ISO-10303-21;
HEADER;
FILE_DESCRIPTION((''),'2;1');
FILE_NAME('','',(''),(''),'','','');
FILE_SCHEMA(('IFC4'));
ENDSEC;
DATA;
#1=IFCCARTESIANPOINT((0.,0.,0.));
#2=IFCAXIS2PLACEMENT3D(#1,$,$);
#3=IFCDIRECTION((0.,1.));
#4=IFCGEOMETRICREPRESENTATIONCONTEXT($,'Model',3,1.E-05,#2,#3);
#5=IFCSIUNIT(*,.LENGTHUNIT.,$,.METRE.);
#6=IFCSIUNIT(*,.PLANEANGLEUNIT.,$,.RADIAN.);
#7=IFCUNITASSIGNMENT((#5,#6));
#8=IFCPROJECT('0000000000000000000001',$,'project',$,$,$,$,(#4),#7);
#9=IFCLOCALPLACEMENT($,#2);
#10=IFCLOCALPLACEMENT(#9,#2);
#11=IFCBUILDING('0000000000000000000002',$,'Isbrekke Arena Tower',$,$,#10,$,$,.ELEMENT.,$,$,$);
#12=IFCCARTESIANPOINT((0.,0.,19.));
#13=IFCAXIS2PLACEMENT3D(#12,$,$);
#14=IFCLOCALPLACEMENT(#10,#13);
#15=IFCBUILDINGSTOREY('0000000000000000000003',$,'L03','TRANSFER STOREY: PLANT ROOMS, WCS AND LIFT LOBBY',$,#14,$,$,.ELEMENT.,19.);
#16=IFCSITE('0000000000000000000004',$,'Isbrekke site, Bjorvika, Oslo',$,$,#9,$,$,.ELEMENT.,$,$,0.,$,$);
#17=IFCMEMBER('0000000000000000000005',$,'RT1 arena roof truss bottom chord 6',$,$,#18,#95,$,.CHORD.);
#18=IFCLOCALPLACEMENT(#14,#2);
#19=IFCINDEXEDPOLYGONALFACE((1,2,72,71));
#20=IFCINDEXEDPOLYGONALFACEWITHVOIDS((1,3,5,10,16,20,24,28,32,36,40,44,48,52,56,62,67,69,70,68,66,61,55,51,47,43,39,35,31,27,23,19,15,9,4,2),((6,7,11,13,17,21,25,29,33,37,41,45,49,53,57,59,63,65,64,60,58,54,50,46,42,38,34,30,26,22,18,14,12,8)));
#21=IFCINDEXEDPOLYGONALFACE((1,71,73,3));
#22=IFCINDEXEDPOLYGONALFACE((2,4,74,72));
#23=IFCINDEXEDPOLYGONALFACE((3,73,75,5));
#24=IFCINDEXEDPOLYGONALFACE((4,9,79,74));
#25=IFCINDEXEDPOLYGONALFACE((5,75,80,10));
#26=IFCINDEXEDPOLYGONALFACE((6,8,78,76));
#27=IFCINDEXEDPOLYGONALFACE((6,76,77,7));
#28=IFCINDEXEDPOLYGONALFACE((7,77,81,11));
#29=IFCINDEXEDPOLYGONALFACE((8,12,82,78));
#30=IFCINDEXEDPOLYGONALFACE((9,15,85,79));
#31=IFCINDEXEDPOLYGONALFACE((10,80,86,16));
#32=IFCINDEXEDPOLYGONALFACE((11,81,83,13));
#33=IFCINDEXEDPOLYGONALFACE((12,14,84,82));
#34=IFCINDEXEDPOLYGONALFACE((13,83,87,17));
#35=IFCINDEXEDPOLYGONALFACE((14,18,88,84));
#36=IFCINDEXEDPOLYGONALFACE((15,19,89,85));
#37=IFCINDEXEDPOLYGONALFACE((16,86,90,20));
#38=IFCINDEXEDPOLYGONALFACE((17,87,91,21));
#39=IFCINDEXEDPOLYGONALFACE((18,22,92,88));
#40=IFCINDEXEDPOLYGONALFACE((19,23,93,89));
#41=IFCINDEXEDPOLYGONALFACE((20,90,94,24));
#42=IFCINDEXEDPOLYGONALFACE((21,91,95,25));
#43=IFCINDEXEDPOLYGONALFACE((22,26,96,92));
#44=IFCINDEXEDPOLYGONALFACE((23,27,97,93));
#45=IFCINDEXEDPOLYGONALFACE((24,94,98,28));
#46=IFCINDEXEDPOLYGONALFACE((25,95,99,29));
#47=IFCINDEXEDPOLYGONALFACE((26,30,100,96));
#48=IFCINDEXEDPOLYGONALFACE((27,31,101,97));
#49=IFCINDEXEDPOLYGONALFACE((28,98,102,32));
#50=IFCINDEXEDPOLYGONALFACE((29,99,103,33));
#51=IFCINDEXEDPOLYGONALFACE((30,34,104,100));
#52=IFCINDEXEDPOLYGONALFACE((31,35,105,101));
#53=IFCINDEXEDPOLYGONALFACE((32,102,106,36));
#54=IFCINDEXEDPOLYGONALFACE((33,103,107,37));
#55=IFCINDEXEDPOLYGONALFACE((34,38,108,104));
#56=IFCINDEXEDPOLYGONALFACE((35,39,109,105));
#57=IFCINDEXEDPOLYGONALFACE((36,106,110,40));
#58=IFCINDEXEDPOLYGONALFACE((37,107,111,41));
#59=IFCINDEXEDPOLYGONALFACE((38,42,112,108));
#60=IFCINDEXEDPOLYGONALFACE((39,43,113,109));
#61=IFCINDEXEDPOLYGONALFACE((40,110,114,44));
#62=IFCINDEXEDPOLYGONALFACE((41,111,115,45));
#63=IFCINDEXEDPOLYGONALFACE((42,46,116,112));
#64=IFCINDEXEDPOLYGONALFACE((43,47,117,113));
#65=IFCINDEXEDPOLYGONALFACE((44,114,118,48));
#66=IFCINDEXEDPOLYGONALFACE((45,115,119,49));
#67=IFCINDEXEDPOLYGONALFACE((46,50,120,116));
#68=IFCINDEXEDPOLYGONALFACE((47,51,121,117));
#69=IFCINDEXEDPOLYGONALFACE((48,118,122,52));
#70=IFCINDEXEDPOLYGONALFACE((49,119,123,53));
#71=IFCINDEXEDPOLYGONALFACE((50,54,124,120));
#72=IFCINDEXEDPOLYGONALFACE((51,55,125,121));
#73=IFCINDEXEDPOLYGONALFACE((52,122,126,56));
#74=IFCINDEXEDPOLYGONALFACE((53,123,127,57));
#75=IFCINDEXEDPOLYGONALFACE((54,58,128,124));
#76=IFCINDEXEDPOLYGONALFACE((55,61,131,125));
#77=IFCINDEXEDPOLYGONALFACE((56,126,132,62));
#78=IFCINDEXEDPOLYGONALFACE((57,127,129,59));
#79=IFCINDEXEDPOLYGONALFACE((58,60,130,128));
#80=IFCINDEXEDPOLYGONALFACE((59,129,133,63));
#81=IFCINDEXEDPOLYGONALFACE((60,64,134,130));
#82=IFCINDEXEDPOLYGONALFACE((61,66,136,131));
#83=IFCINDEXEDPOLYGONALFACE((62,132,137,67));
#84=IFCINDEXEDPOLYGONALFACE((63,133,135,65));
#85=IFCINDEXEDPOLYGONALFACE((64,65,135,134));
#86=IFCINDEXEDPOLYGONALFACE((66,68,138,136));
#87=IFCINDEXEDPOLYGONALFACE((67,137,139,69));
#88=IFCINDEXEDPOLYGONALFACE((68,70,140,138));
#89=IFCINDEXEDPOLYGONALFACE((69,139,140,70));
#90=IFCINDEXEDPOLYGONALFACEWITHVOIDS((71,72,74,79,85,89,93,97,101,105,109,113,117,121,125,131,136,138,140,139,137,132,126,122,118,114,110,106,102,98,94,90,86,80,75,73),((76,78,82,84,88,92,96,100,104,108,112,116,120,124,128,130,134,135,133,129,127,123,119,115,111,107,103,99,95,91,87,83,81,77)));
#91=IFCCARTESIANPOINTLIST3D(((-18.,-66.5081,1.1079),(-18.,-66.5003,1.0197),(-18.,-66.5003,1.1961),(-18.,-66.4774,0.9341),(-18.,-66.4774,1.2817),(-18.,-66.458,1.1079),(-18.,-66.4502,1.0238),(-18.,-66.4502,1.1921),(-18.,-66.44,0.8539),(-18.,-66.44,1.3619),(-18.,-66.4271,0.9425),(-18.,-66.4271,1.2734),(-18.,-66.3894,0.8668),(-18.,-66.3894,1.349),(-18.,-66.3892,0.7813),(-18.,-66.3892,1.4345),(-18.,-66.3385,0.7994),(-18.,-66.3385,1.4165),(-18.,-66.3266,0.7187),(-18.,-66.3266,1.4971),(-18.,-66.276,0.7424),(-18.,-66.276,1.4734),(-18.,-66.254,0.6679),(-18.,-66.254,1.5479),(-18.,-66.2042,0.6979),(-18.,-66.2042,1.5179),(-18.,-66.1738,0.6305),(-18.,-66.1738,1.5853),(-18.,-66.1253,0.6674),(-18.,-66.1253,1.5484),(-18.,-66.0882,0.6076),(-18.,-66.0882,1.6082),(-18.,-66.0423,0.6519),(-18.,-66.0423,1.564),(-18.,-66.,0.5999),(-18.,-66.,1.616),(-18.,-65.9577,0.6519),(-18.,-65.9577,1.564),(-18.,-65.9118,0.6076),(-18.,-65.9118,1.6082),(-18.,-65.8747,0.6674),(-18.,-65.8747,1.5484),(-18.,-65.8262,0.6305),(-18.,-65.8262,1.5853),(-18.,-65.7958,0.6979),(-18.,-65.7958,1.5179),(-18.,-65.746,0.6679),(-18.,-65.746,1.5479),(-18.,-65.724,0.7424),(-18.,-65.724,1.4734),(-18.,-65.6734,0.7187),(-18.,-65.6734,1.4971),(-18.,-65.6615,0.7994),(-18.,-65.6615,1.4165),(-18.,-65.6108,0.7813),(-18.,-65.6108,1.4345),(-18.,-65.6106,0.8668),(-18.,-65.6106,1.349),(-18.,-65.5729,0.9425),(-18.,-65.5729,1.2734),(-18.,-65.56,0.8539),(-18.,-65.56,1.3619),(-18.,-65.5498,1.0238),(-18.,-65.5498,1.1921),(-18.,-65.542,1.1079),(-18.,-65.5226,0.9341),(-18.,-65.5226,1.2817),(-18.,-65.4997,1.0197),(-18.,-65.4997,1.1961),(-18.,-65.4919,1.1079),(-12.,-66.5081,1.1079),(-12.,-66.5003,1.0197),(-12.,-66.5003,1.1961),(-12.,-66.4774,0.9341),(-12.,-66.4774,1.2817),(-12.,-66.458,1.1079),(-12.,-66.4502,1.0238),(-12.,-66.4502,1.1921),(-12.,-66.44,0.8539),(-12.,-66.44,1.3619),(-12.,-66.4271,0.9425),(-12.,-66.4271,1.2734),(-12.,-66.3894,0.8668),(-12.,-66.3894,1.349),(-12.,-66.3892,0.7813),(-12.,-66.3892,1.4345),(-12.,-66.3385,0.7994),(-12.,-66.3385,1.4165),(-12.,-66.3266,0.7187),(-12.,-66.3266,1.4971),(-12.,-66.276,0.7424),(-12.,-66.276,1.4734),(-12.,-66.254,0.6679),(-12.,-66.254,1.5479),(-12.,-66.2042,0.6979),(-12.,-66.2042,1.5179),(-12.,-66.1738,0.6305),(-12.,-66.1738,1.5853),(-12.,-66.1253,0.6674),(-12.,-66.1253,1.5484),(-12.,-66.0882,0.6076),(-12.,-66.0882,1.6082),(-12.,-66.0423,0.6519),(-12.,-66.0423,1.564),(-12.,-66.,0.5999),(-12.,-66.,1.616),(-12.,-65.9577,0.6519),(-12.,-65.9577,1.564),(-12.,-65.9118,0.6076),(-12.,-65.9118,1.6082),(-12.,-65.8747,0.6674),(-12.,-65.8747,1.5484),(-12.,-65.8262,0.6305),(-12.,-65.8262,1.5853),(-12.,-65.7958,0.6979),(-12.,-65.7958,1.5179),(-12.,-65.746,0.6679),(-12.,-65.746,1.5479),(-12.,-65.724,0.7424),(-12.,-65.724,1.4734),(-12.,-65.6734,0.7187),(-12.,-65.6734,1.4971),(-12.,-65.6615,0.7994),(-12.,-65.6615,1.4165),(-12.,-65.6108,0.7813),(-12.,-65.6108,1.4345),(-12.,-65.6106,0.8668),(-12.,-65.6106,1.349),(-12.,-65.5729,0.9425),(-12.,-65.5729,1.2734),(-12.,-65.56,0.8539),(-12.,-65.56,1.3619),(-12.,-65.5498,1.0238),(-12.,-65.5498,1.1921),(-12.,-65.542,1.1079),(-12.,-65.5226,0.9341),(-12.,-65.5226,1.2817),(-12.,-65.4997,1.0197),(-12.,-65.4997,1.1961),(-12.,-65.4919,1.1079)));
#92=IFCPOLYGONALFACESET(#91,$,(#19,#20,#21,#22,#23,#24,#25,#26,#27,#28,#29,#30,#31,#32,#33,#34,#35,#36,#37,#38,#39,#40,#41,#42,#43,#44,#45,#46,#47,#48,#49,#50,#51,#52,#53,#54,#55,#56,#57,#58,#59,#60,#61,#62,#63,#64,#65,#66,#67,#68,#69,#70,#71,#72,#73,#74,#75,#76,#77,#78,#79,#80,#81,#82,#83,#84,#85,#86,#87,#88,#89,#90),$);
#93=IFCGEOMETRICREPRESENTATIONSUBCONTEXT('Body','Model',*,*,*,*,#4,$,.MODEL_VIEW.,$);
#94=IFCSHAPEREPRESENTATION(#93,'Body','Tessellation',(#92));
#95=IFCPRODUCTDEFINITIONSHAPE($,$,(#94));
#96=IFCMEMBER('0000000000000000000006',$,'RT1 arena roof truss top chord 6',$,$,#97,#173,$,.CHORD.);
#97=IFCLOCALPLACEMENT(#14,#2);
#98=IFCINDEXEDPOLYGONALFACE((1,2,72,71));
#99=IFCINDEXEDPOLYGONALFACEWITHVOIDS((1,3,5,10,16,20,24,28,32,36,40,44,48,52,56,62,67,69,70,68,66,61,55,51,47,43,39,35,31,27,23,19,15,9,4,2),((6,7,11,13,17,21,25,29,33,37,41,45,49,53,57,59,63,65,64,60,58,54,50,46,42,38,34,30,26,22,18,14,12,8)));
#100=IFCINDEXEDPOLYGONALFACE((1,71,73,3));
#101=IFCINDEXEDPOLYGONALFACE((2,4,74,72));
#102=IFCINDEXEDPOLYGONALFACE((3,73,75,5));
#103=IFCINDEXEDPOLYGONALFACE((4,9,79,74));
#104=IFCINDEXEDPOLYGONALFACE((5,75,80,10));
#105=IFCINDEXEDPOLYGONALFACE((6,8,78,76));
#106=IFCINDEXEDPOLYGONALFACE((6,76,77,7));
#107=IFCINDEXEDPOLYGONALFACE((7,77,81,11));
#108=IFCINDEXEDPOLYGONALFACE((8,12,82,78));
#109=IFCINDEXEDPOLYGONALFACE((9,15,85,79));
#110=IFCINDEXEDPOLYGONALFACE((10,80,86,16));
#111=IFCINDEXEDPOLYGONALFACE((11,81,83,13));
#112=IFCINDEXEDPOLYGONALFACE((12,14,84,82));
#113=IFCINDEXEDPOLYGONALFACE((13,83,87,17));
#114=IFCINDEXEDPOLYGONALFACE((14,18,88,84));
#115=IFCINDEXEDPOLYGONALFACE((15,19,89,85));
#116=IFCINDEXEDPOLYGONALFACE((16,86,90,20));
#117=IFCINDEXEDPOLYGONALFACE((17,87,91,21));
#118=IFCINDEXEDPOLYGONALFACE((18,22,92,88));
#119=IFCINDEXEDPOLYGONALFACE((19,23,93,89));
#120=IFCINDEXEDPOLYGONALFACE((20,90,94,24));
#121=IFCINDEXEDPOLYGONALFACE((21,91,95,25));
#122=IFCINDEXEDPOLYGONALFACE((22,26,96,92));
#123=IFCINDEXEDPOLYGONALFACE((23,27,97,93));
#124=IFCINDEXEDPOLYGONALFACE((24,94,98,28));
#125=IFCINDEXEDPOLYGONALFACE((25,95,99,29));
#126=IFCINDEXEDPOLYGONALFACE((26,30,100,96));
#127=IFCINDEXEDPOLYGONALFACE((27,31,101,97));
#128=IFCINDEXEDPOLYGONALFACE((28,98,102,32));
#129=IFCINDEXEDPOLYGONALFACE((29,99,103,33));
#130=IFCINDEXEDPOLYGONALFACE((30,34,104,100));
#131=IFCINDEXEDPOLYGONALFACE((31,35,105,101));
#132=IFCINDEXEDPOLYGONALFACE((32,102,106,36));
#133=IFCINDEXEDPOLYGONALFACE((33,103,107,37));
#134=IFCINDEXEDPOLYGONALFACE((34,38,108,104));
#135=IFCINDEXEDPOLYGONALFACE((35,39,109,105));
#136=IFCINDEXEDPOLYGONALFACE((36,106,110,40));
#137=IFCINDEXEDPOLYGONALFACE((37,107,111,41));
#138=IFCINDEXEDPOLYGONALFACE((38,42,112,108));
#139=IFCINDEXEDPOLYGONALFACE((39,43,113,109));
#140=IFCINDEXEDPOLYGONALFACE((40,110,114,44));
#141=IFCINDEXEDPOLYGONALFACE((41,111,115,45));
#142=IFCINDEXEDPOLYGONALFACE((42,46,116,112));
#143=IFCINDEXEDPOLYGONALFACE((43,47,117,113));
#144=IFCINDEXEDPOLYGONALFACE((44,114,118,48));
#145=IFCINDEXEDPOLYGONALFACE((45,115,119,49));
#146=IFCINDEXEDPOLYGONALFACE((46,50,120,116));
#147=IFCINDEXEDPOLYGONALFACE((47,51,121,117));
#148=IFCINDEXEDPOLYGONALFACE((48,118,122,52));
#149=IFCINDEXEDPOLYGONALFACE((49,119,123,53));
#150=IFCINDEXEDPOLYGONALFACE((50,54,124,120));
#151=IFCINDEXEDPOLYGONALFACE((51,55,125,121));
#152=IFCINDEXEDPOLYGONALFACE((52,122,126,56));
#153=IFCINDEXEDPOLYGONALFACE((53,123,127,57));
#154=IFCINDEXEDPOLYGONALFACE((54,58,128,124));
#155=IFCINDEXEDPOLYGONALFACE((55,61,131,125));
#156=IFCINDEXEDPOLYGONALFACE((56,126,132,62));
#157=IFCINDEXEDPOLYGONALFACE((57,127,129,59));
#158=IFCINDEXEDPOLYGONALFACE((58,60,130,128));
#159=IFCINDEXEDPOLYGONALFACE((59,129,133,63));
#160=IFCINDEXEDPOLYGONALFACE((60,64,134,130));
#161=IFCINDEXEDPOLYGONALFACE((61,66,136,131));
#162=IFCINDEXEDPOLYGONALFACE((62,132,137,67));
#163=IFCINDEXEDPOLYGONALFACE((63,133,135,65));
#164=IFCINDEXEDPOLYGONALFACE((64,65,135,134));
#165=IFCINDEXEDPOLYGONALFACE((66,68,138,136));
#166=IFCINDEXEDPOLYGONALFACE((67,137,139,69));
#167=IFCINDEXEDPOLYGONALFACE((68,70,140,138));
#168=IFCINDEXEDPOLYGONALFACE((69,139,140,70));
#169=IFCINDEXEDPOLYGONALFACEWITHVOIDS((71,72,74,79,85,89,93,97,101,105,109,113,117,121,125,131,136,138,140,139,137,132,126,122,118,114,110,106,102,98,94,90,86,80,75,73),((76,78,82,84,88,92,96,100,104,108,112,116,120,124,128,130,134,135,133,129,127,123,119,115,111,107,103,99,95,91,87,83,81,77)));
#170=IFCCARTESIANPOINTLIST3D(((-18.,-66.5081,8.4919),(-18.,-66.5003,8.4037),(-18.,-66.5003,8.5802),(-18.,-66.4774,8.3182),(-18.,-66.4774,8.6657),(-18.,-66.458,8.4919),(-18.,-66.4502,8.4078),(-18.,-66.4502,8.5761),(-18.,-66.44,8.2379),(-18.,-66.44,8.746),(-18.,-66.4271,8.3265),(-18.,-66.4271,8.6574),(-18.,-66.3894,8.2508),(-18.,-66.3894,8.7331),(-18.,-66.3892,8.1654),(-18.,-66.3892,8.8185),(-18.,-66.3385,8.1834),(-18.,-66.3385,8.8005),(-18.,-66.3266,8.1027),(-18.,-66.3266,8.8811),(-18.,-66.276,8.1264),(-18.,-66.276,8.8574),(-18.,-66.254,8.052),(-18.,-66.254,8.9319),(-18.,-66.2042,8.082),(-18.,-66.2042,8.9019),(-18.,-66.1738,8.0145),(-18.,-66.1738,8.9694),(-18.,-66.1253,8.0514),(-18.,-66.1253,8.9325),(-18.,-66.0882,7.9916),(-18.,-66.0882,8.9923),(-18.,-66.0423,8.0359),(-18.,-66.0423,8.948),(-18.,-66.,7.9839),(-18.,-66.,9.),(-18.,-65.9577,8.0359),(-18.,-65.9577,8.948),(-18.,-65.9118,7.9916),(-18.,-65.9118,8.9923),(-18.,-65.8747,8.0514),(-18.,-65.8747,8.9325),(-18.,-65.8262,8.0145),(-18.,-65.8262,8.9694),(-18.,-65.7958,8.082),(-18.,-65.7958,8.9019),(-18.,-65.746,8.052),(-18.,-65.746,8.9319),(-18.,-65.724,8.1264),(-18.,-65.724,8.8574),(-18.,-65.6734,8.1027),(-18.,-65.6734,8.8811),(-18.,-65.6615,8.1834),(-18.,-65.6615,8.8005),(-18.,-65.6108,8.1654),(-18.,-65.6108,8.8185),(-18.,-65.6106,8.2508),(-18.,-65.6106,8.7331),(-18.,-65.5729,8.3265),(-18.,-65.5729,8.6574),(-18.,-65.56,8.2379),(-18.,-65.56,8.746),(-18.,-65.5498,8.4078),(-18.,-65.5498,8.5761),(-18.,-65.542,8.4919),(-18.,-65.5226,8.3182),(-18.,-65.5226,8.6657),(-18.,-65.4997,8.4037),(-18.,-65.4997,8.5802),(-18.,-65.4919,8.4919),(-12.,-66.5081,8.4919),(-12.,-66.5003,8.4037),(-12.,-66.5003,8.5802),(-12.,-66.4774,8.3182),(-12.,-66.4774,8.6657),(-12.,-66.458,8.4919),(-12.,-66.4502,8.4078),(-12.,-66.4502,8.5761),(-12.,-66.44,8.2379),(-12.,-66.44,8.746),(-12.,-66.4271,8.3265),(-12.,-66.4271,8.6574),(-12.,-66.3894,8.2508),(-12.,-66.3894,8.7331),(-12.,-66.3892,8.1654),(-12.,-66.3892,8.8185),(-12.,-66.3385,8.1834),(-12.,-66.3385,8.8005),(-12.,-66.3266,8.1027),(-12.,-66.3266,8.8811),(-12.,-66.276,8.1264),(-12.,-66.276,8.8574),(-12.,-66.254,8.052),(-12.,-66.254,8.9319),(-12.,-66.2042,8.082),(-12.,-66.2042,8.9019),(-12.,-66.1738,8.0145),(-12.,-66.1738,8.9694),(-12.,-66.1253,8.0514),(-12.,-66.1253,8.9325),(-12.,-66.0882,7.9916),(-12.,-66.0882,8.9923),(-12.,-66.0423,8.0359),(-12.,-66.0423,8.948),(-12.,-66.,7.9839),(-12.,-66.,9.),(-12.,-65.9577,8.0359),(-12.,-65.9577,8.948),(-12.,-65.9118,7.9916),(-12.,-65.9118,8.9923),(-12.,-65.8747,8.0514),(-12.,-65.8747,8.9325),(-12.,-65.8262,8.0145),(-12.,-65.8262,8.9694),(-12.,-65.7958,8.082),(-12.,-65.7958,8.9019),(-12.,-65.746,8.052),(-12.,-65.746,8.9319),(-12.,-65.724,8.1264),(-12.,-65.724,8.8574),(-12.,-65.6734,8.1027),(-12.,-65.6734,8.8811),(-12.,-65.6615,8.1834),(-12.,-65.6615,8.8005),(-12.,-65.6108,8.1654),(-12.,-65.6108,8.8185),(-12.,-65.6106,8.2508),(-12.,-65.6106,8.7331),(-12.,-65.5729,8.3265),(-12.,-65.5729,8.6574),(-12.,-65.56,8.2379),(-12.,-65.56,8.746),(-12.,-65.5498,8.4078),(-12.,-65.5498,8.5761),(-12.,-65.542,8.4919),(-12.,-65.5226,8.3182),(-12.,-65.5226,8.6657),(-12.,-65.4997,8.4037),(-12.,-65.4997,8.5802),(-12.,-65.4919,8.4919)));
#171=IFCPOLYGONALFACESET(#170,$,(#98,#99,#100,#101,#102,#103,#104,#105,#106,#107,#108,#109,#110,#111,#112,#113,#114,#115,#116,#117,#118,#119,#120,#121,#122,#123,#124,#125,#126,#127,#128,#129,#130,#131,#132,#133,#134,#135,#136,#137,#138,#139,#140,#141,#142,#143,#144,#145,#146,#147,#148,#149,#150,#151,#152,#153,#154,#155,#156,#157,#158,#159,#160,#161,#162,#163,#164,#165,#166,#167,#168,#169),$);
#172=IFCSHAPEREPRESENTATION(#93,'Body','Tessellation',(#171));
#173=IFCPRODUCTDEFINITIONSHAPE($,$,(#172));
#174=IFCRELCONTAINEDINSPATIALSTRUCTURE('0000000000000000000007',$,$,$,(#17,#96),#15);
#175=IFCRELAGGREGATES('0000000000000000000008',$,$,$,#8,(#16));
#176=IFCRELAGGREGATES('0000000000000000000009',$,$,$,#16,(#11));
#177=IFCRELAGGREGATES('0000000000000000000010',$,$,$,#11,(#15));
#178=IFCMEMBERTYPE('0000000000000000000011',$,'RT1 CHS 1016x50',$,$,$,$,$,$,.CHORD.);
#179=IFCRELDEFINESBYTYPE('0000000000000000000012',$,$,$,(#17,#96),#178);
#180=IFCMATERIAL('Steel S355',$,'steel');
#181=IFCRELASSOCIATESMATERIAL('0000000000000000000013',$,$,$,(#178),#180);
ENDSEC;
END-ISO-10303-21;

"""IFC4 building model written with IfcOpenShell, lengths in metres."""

from ifc_helpers import new_model, si_unit, direction, frame, origin, origin_2d, place, context, subcontext, project, spatial, hollow_circle, extrude, material, material_profile, profile_set, type_object, element, save


model = new_model("IFC4")

# Units and contexts
model_context = context("Model", 3, precision=1e-05, world=origin(), true_north=direction((0.0, 1.0)))
body_context = subcontext(model_context, "Body", "Model", "MODEL_VIEW")
ifc_project = project(units=[si_unit("LENGTHUNIT", "METRE"), si_unit("PLANEANGLEUNIT", "RADIAN")], contexts=[model_context])

# Site, building, storey
site_placement = place(None, origin())
site = spatial("IfcSite", under=ifc_project, at=site_placement, Name="Isbrekke site, Bjorvika, Oslo", CompositionType="ELEMENT", RefElevation=0.0)
building_placement = place(site_placement, origin())
building = spatial("IfcBuilding", under=site, at=building_placement, Name="Isbrekke Arena Tower", CompositionType="ELEMENT")
storey_placement = place(building_placement, frame((0.0, 0.0, 19.0)))
storey = spatial("IfcBuildingStorey", under=building, at=storey_placement, Name="L03", Description="TRANSFER STOREY: PLANT ROOMS, WCS AND LIFT LOBBY", CompositionType="ELEMENT", Elevation=19.0)

# Members
ifc_material_1 = material(Name="Steel S355", Category="steel")
ifc_material_profile_1 = material_profile(ifc_material_1, hollow_circle(Radius=0.5081, WallThickness=0.05, at=origin_2d()), Name="CHS 1016x50")
ifc_profile_set_1 = profile_set([ifc_material_profile_1], Name="Steel S355")
member_type_1 = type_object("IfcMemberType", Name="RT1 CHS 1016x50", PredefinedType="CHORD", material=ifc_profile_set_1)
for number, where, z_axis, x_axis, name in (
    (1, (-18.0, -66.0, 1.1079), (1.0, 0.0, 0.0), (0.0, 1.0, 0.0), "RT1 arena roof truss bottom chord 6"),
    (2, (-18.0, -66.0, 8.4919), (1.0, 0.0, 0.0), (0.0, 1.0, 0.0), "RT1 arena roof truss top chord 6"),
):
    element("IfcMember", number, at=place(storey_placement, frame(where, z_axis=z_axis, x_axis=x_axis)), inside=storey, type_object=member_type_1, Name=name, PredefinedType="CHORD", context=body_context, shape_type="SweptSolid", body=[
        extrude(hollow_circle(Radius=0.5081, WallThickness=0.05, at=origin_2d()), origin(), (0.0, 0.0, 1.0), 6.0),
    ])

save(model, "model.ifc")
